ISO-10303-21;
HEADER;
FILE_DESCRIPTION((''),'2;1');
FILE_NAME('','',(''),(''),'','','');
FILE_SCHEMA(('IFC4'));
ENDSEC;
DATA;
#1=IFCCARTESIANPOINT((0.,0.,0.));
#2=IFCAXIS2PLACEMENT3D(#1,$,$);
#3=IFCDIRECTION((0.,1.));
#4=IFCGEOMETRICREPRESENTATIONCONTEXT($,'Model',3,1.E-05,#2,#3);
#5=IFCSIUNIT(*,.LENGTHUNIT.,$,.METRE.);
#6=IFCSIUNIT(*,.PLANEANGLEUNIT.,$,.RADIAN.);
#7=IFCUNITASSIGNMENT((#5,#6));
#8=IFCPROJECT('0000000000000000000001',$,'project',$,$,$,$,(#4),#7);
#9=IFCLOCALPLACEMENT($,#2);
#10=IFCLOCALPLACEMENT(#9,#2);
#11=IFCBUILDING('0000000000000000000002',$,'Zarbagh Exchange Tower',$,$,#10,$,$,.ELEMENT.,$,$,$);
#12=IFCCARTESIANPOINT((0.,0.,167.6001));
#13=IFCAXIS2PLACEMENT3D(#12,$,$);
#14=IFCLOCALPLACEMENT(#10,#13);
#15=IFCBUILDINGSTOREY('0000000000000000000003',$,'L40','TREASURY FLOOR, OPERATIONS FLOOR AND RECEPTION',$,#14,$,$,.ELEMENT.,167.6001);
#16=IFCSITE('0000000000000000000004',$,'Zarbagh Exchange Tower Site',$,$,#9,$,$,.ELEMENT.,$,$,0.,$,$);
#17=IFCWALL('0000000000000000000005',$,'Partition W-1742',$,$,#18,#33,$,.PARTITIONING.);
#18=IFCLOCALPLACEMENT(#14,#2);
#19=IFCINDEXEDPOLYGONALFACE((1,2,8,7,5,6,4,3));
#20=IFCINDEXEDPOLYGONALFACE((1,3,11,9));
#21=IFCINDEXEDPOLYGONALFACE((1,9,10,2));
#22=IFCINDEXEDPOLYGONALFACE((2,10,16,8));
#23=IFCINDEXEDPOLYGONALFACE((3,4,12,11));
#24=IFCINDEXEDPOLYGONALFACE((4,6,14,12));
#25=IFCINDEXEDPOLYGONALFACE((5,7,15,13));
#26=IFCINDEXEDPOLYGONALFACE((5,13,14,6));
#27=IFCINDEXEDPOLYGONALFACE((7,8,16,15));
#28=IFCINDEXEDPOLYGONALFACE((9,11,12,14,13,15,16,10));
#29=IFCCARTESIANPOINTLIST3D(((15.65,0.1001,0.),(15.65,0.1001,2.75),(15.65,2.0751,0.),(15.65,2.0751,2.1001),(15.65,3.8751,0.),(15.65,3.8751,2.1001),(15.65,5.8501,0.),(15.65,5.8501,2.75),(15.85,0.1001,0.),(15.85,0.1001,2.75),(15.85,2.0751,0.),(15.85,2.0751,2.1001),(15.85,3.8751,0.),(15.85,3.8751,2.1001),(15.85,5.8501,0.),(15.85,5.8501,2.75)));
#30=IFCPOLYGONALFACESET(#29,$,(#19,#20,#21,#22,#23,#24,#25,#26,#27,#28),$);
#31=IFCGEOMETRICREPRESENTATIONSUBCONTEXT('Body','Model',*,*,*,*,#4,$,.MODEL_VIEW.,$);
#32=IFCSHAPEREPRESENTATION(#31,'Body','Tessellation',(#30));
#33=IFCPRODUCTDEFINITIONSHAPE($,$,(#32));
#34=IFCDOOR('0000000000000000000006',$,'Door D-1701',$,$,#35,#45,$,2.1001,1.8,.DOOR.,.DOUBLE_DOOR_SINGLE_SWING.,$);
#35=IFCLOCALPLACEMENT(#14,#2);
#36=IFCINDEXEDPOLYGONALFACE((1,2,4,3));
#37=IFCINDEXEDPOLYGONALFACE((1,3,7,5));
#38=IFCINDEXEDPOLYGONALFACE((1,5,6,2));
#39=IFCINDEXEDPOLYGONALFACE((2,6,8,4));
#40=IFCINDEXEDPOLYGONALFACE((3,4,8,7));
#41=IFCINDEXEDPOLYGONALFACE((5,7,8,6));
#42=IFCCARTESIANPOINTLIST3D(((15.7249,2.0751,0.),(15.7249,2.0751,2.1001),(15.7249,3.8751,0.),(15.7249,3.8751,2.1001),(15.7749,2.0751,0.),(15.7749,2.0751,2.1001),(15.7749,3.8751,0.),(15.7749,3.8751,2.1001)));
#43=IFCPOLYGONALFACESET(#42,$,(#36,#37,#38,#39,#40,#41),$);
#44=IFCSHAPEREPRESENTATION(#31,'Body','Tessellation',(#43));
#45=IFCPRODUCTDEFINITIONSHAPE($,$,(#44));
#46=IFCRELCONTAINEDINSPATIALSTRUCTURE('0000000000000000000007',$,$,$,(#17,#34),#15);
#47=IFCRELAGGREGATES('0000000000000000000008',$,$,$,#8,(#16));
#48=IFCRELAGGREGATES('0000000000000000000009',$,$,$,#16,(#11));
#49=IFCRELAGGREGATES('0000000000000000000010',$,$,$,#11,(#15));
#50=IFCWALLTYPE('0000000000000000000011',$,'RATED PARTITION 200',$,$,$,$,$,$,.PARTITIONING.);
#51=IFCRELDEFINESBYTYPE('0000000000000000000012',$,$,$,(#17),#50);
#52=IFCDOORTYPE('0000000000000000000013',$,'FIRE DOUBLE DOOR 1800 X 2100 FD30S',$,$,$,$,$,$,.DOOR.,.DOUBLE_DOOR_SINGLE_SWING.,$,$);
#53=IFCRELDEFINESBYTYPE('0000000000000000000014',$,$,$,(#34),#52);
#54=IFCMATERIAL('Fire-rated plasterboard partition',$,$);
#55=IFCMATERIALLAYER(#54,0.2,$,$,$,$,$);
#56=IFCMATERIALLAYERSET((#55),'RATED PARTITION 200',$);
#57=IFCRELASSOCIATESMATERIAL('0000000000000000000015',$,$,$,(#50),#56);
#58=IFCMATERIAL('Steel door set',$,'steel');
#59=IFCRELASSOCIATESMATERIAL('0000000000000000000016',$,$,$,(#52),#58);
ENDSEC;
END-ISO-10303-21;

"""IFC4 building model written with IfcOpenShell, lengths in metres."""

from ifc_helpers import new_model, si_unit, direction, frame, frame_2d, origin, place, context, subcontext, project, spatial, rectangle, extrude, material, layer, layer_set, type_object, element, fill, save


model = new_model("IFC4")

# Units and contexts
model_context = context("Model", 3, precision=1e-05, world=origin(), true_north=direction((0.0, 1.0)))
body_context = subcontext(model_context, "Body", "Model", "MODEL_VIEW")
ifc_project = project(units=[si_unit("LENGTHUNIT", "METRE"), si_unit("PLANEANGLEUNIT", "RADIAN")], contexts=[model_context])

# Site, building, storey
site_placement = place(None, origin())
site = spatial("IfcSite", under=ifc_project, at=site_placement, Name="Zarbagh Exchange Tower Site", CompositionType="ELEMENT", RefElevation=0.0)
building_placement = place(site_placement, origin())
building = spatial("IfcBuilding", under=site, at=building_placement, Name="Zarbagh Exchange Tower", CompositionType="ELEMENT")
storey_placement = place(building_placement, frame((0.0, 0.0, 167.6001)))
storey = spatial("IfcBuildingStorey", under=building, at=storey_placement, Name="L40", Description="TREASURY FLOOR, OPERATIONS FLOOR AND RECEPTION", CompositionType="ELEMENT", Elevation=167.6001)

# Shared definitions
ifc_material_1 = material(Name="Fire-rated plasterboard partition")
ifc_layer = layer(ifc_material_1, 0.2)
ifc_layer_set = layer_set([ifc_layer], Name="RATED PARTITION 200")
wall_type = type_object("IfcWallType", Name="RATED PARTITION 200", PredefinedType="PARTITIONING", material=ifc_layer_set)
ifc_material_2 = material(Name="Steel door set", Category="steel")

# Wall, opening, door
wall_1_placement = place(storey_placement, frame((15.75, 5.8501, 0.0), z_axis=(0.0, 0.0, 1.0), x_axis=(0.0, -1.0, 0.0)))
wall_1 = element("IfcWall", 1, at=wall_1_placement, inside=storey, type_object=wall_type, Name="Partition W-1742", PredefinedType="PARTITIONING", context=body_context, shape_type="SweptSolid", body=[
    extrude(rectangle(XDim=5.75, YDim=0.2, at=frame_2d((2.875, 0.0))), origin(), (0.0, 0.0, 1.0), 2.75),
])
opening_1_placement = place(wall_1_placement, frame((1.9751, 0.0, 0.0)))
opening_1 = element("IfcOpeningElement", 2, at=opening_1_placement, cuts=wall_1, PredefinedType="OPENING", context=body_context, shape_type="SweptSolid", body=[
    extrude(rectangle(XDim=1.8, YDim=2.1001, at=frame_2d((0.8999, 1.05))), frame((0.0, 0.1099, 0.0), z_axis=(0.0, -1.0, 0.0), x_axis=(1.0, 0.0, 0.0)), (0.0, 0.0, 1.0), 0.22),
])
door_type_1 = type_object("IfcDoorType", Name="FIRE DOUBLE DOOR 1800 X 2100 FD30S", OperationType="DOUBLE_DOOR_SINGLE_SWING", PredefinedType="DOOR", material=ifc_material_2)
door_1_placement = place(opening_1_placement, origin())
door_1 = element("IfcDoor", 3, at=door_1_placement, inside=storey, type_object=door_type_1, Name="Door D-1701", OperationType="DOUBLE_DOOR_SINGLE_SWING", OverallHeight=2.1001, OverallWidth=1.8, PredefinedType="DOOR", context=body_context, shape_type="SweptSolid", body=[
    extrude(rectangle(XDim=1.8, YDim=2.1001, at=frame_2d((0.8999, 1.05))), frame((0.0, 0.0249, 0.0), z_axis=(0.0, -1.0, 0.0), x_axis=(1.0, 0.0, 0.0)), (0.0, 0.0, 1.0), 0.05),
])
fill(opening_1, door_1)

save(model, "model.ifc")
